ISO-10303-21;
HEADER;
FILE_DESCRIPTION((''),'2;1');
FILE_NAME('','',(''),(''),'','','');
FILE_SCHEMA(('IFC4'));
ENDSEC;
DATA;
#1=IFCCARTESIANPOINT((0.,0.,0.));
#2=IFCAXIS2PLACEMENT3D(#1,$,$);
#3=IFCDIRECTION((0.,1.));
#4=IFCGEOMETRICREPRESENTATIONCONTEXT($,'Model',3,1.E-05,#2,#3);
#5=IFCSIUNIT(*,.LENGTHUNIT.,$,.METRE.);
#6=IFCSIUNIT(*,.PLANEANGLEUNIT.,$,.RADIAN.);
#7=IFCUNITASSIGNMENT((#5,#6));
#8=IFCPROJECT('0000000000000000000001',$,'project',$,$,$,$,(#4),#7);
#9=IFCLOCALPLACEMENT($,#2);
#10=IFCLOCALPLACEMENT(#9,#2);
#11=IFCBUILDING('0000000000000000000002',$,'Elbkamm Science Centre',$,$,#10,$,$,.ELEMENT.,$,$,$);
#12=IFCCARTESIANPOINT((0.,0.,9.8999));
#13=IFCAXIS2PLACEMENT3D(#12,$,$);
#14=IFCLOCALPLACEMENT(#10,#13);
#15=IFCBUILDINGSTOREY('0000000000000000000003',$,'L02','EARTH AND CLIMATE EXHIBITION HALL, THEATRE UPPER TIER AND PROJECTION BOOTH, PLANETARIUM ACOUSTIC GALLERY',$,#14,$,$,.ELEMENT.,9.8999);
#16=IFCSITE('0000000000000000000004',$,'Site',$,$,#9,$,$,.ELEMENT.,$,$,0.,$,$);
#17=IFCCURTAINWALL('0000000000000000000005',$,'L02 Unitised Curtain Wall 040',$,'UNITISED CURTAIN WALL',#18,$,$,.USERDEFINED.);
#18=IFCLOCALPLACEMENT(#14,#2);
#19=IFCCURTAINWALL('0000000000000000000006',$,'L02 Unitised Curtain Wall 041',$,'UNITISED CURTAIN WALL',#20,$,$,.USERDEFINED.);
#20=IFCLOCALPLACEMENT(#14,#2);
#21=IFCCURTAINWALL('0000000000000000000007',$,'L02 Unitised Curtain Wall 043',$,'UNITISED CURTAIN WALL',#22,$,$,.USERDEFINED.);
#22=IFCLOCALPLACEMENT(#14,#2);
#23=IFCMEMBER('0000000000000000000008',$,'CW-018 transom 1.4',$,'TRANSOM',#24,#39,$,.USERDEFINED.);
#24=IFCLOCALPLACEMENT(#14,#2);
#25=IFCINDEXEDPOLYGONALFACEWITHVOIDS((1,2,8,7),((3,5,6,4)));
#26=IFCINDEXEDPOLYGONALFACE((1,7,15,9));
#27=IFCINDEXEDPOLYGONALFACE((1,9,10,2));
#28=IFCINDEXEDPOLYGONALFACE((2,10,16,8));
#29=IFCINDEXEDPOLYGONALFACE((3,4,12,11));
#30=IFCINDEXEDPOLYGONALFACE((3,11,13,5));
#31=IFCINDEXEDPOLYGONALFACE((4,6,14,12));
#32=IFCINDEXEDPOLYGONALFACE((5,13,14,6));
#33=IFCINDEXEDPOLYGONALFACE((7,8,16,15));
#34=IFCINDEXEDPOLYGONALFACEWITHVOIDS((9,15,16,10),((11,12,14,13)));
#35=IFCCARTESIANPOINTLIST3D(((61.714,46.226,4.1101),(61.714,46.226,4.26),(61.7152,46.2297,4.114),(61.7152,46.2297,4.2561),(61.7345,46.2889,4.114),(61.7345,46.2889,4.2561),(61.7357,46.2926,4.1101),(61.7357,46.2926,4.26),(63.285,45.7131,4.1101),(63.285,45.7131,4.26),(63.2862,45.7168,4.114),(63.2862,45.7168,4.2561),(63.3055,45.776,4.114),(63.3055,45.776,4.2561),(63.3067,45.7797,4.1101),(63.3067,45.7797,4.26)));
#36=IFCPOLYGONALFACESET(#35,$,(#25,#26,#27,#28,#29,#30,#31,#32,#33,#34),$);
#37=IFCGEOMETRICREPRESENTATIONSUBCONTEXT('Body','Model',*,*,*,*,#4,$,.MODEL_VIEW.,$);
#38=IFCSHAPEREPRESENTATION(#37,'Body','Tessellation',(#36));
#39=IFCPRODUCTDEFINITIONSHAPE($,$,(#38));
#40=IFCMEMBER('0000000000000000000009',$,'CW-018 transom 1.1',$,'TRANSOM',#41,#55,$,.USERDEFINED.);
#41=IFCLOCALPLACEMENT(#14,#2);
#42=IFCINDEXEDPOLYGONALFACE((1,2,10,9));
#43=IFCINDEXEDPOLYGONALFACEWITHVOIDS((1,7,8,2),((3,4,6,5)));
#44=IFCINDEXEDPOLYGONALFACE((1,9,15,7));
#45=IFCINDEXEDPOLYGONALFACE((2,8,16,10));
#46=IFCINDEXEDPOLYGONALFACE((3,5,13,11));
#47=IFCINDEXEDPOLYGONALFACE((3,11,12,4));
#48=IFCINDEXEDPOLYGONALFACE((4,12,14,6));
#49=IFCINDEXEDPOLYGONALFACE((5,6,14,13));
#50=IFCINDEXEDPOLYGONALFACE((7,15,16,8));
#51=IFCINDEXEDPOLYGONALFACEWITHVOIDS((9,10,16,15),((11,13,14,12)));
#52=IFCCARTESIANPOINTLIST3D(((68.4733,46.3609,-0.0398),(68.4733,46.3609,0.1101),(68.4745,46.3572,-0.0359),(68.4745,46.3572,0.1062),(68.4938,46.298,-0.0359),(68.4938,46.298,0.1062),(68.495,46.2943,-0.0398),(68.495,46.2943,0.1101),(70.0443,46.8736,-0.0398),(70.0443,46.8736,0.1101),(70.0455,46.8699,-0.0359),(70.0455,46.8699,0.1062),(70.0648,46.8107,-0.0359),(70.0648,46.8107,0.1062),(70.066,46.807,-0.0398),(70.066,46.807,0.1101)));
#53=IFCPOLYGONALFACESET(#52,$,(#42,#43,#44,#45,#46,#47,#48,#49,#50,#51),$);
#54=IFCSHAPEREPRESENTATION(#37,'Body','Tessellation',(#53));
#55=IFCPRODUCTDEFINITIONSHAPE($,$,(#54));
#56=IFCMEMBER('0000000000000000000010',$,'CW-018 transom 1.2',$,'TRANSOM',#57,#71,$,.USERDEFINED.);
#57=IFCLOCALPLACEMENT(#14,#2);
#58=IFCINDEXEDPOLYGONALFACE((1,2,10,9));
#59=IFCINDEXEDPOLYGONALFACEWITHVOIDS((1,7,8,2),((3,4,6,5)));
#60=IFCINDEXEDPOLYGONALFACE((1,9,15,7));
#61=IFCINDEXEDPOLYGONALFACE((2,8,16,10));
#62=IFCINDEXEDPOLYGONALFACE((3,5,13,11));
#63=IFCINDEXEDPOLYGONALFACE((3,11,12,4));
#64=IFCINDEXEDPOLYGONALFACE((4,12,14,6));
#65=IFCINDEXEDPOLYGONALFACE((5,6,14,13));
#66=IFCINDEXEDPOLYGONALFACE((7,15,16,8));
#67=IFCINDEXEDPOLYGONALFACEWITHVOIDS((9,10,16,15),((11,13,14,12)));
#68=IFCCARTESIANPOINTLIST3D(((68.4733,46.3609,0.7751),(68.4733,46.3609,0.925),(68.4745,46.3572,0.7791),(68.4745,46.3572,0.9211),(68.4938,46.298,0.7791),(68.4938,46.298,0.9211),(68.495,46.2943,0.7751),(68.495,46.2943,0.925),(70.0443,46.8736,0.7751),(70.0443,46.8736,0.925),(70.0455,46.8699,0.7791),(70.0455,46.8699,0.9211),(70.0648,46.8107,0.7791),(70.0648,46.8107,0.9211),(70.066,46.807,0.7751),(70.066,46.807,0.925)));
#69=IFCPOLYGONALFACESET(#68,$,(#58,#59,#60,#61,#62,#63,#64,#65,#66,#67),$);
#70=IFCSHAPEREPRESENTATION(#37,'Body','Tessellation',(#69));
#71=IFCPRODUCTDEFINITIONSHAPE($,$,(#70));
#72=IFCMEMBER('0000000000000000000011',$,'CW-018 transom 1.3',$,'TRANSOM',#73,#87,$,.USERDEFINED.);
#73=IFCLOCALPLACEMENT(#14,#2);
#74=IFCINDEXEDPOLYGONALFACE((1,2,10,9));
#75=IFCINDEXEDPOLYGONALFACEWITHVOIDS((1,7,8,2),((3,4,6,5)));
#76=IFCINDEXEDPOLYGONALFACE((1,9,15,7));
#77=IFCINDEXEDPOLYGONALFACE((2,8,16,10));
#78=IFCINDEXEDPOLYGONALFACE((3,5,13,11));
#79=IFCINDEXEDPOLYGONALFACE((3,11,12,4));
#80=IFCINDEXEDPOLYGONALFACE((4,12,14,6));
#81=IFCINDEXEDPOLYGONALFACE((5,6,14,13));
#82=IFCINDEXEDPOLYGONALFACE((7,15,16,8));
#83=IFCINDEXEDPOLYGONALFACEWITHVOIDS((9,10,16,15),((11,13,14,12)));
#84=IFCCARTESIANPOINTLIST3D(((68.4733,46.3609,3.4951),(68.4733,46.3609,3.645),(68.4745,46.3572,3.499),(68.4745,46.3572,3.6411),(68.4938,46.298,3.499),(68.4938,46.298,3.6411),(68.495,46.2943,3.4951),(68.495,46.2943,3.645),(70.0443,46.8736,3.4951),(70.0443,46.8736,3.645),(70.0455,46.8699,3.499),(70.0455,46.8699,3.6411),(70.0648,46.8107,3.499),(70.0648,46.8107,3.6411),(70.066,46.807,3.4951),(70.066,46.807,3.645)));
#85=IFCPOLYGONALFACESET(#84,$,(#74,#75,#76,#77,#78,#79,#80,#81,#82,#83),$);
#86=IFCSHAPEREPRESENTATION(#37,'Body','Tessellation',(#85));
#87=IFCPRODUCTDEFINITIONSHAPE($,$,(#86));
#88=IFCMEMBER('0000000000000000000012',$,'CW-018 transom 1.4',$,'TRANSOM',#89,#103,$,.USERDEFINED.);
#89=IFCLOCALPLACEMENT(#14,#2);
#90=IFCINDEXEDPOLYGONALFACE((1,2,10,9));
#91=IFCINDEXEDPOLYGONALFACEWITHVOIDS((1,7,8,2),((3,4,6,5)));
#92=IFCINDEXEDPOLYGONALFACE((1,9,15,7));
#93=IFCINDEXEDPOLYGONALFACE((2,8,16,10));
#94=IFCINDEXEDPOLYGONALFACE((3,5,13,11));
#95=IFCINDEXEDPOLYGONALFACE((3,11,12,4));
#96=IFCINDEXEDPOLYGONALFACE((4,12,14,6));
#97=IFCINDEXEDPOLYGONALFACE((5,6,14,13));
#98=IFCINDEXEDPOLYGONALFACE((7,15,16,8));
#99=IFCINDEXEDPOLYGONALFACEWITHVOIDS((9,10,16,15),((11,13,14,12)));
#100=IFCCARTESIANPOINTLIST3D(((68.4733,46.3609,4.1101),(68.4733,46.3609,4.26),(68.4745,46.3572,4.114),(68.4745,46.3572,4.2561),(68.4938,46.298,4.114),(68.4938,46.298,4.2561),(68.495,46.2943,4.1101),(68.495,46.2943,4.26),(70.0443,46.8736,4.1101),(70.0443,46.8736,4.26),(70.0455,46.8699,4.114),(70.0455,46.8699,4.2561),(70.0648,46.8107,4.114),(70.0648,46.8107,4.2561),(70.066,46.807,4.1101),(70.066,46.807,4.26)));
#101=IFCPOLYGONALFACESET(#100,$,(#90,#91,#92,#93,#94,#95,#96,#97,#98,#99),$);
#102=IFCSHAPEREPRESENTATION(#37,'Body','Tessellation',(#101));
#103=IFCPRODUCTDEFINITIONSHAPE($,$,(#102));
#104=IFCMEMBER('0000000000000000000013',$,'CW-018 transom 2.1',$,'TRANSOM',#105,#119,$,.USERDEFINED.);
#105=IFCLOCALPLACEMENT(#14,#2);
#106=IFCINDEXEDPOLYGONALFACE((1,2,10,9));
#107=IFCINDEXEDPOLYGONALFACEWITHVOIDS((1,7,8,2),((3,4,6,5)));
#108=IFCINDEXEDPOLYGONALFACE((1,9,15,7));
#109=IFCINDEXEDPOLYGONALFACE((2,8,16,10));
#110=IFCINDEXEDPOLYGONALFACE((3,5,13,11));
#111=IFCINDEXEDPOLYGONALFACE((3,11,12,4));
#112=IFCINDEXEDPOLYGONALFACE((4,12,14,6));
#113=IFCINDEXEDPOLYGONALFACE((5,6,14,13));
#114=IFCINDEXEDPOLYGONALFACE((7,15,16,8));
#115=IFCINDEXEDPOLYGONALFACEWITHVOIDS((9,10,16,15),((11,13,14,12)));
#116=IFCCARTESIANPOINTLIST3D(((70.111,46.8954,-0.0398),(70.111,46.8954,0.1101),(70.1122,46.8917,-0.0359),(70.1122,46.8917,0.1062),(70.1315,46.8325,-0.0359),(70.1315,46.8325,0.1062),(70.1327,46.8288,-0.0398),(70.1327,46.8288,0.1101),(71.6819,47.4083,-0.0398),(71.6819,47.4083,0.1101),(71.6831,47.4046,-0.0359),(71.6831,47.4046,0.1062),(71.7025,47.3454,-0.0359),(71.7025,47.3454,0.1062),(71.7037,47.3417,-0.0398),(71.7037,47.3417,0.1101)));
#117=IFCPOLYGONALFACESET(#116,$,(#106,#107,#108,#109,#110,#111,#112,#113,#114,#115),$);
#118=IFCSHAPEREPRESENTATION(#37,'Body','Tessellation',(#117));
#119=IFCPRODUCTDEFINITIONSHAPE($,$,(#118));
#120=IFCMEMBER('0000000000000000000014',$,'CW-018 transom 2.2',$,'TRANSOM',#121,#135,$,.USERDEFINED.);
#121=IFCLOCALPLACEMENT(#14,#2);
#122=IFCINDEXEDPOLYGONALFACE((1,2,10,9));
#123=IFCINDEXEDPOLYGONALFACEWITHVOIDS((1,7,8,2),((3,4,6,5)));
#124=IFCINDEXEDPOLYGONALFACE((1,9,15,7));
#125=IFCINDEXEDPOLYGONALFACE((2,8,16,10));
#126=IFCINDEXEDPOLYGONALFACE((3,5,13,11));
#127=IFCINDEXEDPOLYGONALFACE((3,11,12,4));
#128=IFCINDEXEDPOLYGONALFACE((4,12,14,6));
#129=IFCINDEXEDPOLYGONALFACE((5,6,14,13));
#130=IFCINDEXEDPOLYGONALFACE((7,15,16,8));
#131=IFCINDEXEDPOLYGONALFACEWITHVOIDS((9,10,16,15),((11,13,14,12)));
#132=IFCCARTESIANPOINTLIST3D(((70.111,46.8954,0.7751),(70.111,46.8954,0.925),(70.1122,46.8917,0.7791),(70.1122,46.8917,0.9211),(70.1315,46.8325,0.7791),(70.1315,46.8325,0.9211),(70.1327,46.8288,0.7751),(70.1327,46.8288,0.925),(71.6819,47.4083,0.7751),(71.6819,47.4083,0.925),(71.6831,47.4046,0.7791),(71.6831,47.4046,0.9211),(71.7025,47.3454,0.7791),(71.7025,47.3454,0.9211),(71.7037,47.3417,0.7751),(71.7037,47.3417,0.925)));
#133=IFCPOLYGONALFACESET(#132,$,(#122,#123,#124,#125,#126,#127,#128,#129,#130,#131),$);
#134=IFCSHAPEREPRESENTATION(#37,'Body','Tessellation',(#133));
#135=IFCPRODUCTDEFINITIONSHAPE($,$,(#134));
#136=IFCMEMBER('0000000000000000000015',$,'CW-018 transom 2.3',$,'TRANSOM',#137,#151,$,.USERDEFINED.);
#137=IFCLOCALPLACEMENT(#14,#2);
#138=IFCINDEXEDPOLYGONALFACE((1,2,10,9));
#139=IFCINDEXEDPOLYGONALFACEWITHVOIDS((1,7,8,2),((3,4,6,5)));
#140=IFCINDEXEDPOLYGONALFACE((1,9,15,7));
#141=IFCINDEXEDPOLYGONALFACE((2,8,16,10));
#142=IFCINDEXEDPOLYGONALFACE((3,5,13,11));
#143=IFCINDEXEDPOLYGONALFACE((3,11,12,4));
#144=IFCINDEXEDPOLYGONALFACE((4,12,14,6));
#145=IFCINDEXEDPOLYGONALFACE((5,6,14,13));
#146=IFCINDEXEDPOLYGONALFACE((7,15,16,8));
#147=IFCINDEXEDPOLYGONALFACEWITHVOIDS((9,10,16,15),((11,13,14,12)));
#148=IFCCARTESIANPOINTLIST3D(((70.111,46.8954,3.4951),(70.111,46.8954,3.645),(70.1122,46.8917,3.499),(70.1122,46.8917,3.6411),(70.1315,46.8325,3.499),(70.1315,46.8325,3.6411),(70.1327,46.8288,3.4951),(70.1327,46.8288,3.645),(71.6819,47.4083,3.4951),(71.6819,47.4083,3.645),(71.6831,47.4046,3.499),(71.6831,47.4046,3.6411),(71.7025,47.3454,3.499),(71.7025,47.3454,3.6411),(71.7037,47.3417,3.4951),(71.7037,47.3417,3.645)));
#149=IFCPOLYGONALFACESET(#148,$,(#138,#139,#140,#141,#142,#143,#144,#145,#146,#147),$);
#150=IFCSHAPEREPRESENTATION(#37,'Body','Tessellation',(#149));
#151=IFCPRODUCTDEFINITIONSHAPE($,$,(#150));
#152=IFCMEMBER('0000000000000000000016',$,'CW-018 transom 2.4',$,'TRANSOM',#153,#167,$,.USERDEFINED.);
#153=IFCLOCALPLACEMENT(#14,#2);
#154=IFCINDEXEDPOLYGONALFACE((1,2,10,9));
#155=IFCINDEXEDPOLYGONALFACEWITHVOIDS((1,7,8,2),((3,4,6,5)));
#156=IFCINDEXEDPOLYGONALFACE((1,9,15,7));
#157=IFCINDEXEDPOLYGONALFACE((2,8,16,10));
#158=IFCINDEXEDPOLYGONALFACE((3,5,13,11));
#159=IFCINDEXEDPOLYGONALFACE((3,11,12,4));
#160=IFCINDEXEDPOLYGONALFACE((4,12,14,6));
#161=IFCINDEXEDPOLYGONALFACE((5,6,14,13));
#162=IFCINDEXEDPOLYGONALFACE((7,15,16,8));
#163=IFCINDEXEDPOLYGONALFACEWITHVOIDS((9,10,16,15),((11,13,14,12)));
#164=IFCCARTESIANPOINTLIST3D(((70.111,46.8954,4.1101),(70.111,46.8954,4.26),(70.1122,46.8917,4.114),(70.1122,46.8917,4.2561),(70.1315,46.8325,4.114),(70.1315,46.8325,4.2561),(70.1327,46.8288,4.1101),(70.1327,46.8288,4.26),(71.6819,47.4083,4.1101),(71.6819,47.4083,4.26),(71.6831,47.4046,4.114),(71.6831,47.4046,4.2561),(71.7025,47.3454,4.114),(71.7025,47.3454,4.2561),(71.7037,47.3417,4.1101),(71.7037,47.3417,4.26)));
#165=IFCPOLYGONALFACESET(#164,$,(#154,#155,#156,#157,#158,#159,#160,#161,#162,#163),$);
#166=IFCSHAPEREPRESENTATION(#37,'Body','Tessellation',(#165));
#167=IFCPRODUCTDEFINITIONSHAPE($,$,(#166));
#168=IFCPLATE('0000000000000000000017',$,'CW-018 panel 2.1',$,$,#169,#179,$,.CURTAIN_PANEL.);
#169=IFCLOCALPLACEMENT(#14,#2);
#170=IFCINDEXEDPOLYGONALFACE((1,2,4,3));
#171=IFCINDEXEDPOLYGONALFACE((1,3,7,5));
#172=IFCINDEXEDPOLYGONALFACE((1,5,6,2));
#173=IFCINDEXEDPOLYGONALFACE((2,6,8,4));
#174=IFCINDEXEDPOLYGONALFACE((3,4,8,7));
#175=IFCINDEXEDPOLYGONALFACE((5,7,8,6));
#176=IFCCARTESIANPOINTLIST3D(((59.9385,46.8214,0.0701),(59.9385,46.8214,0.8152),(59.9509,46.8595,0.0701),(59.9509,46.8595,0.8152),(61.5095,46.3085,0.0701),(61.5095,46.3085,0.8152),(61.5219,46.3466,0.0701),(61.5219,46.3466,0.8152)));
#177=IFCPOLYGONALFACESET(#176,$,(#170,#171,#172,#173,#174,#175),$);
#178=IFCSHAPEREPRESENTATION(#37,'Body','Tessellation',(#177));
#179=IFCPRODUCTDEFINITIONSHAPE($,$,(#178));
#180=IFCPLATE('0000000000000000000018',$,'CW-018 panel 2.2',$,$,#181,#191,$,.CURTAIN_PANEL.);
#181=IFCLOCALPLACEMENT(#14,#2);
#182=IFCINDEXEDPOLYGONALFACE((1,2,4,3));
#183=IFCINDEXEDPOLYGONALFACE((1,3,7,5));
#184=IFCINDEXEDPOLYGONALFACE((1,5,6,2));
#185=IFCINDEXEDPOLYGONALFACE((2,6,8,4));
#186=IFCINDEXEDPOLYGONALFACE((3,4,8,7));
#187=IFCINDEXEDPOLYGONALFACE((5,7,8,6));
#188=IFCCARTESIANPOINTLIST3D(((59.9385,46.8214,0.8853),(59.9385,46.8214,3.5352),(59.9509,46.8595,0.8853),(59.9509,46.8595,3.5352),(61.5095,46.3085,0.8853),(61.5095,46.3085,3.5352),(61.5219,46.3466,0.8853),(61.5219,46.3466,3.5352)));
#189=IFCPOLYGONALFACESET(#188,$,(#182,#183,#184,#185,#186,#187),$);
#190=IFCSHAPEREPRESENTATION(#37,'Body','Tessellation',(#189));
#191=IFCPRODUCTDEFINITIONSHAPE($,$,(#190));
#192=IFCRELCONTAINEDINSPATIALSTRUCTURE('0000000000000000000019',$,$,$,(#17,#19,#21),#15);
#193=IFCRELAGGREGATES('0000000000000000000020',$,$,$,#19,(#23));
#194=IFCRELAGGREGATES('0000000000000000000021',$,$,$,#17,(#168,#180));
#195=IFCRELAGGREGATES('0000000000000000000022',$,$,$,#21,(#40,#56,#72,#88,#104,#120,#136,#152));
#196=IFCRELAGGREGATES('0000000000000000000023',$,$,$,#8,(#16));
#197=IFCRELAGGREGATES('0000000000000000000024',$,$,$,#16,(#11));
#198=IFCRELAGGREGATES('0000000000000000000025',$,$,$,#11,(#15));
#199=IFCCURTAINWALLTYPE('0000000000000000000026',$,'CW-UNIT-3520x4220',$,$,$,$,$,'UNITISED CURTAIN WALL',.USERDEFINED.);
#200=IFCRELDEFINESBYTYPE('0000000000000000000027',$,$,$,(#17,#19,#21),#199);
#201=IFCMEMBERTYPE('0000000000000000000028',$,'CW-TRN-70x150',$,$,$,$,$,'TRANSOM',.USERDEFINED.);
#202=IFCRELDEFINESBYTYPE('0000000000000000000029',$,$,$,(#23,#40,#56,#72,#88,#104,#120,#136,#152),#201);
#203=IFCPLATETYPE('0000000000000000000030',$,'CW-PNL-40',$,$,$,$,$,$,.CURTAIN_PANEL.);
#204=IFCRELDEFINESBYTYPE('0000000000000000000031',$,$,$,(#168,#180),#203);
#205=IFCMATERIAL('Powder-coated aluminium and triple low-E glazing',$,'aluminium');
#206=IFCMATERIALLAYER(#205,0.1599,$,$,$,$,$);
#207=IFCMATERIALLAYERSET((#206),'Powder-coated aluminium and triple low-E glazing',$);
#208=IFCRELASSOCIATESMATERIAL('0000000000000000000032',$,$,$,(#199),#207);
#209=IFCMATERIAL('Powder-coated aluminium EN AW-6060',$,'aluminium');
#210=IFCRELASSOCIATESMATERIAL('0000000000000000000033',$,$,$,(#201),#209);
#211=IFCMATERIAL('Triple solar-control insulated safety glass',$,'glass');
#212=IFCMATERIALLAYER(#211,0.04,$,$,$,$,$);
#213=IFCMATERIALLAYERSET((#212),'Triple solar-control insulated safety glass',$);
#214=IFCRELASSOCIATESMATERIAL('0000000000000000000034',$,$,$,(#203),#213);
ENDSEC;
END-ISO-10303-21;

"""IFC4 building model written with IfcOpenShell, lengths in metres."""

from ifc_helpers import new_model, si_unit, direction, frame, origin, origin_2d, place, context, subcontext, project, spatial, rectangle, hollow_rectangle, extrude, material, layer, layer_set, material_profile, profile_set, type_object, element, aggregate, save


model = new_model("IFC4")

# Units and contexts
model_context = context("Model", 3, precision=1e-05, world=origin(), true_north=direction((0.0, 1.0)))
body_context = subcontext(model_context, "Body", "Model", "MODEL_VIEW")
ifc_project = project(units=[si_unit("LENGTHUNIT", "METRE"), si_unit("PLANEANGLEUNIT", "RADIAN")], contexts=[model_context])

# Site, building, storey
site_placement = place(None, origin())
site = spatial("IfcSite", under=ifc_project, at=site_placement, Name="Site", CompositionType="ELEMENT", RefElevation=0.0)
building_placement = place(site_placement, origin())
building = spatial("IfcBuilding", under=site, at=building_placement, Name="Elbkamm Science Centre", CompositionType="ELEMENT")
storey_placement = place(building_placement, frame((0.0, 0.0, 9.8999)))
storey = spatial("IfcBuildingStorey", under=building, at=storey_placement, Name="L02", Description="EARTH AND CLIMATE EXHIBITION HALL, THEATRE UPPER TIER AND PROJECTION BOOTH, PLANETARIUM ACOUSTIC GALLERY", CompositionType="ELEMENT", Elevation=9.8999)

# Curtain walls
ifc_material_1 = material(Name="Powder-coated aluminium and triple low-E glazing", Category="aluminium")
ifc_layer_1 = layer(ifc_material_1, 0.1599)
ifc_layer_set_1 = layer_set([ifc_layer_1], Name="Powder-coated aluminium and triple low-E glazing")
curtain_wall_type = type_object("IfcCurtainWallType", Name="CW-UNIT-3520x4220", ElementType="UNITISED CURTAIN WALL", PredefinedType="USERDEFINED", material=ifc_layer_set_1)
curtain_wall_1_placement = place(storey_placement, origin())
curtain_wall_1 = element("IfcCurtainWall", 1, at=curtain_wall_1_placement, inside=storey, type_object=curtain_wall_type, Name="L02 Unitised Curtain Wall 040", ObjectType="UNITISED CURTAIN WALL", PredefinedType="USERDEFINED")
ifc_material_2 = material(Name="Powder-coated aluminium EN AW-6060", Category="aluminium")
curtain_wall_2_placement = place(storey_placement, origin())
curtain_wall_2 = element("IfcCurtainWall", 2, at=curtain_wall_2_placement, inside=storey, type_object=curtain_wall_type, Name="L02 Unitised Curtain Wall 041", ObjectType="UNITISED CURTAIN WALL", PredefinedType="USERDEFINED")

# Curtain wall
curtain_wall_3_placement = place(storey_placement, origin())
curtain_wall_3 = element("IfcCurtainWall", 3, at=curtain_wall_3_placement, inside=storey, type_object=curtain_wall_type, Name="L02 Unitised Curtain Wall 043", ObjectType="UNITISED CURTAIN WALL", PredefinedType="USERDEFINED")

# Members
ifc_material_profile_1 = material_profile(ifc_material_2, hollow_rectangle(XDim=0.0701, YDim=0.1499, WallThickness=0.0039, at=origin_2d()), Name="ALU T70x150")
ifc_profile_set_1 = profile_set([ifc_material_profile_1], Name="Powder-coated aluminium EN AW-6060")
member_type_1 = type_object("IfcMemberType", Name="CW-TRN-70x150", ElementType="TRANSOM", PredefinedType="USERDEFINED", material=ifc_profile_set_1)
member_1_placement = place(storey_placement, frame((61.7249, 46.2593, 4.1851), z_axis=(0.950615, -0.310372, 0.0), x_axis=(0.310372, 0.950615, 0.0)))
member_1 = element("IfcMember", 4, at=member_1_placement, type_object=member_type_1, Name="CW-018 transom 1.4", ObjectType="TRANSOM", PredefinedType="USERDEFINED", context=body_context, shape_type="SweptSolid", body=[
    extrude(hollow_rectangle(XDim=0.0701, YDim=0.1499, WallThickness=0.0039, at=origin_2d()), origin(), (0.0, 0.0, 1.0), 1.6526),
])
aggregate(curtain_wall_2, [member_1])
member_2_placement = place(storey_placement, frame((68.4841, 46.3276, 0.0352), z_axis=(0.950659, 0.310238, 0.0), x_axis=(-0.310238, 0.950659, 0.0)))
member_2 = element("IfcMember", 5, at=member_2_placement, type_object=member_type_1, Name="CW-018 transom 1.1", ObjectType="TRANSOM", PredefinedType="USERDEFINED", context=body_context, shape_type="SweptSolid", body=[
    extrude(hollow_rectangle(XDim=0.0701, YDim=0.1499, WallThickness=0.0039, at=origin_2d()), origin(), (0.0, 0.0, 1.0), 1.6526),
])
member_3_placement = place(storey_placement, frame((68.4841, 46.3276, 0.8501), z_axis=(0.950659, 0.310238, 0.0), x_axis=(-0.310238, 0.950659, 0.0)))
member_3 = element("IfcMember", 6, at=member_3_placement, type_object=member_type_1, Name="CW-018 transom 1.2", ObjectType="TRANSOM", PredefinedType="USERDEFINED", context=body_context, shape_type="SweptSolid", body=[
    extrude(hollow_rectangle(XDim=0.0701, YDim=0.1499, WallThickness=0.0039, at=origin_2d()), origin(), (0.0, 0.0, 1.0), 1.6526),
])
member_4_placement = place(storey_placement, frame((68.4841, 46.3276, 3.5701), z_axis=(0.950659, 0.310238, 0.0), x_axis=(-0.310238, 0.950659, 0.0)))
member_4 = element("IfcMember", 7, at=member_4_placement, type_object=member_type_1, Name="CW-018 transom 1.3", ObjectType="TRANSOM", PredefinedType="USERDEFINED", context=body_context, shape_type="SweptSolid", body=[
    extrude(hollow_rectangle(XDim=0.0701, YDim=0.1499, WallThickness=0.0039, at=origin_2d()), origin(), (0.0, 0.0, 1.0), 1.6526),
])
member_5_placement = place(storey_placement, frame((68.4841, 46.3276, 4.1851), z_axis=(0.950659, 0.310238, 0.0), x_axis=(-0.310238, 0.950659, 0.0)))
member_5 = element("IfcMember", 8, at=member_5_placement, type_object=member_type_1, Name="CW-018 transom 1.4", ObjectType="TRANSOM", PredefinedType="USERDEFINED", context=body_context, shape_type="SweptSolid", body=[
    extrude(hollow_rectangle(XDim=0.0701, YDim=0.1499, WallThickness=0.0039, at=origin_2d()), origin(), (0.0, 0.0, 1.0), 1.6526),
])
member_6_placement = place(storey_placement, frame((70.1218, 46.8621, 0.0352), z_axis=(0.950615, 0.310372, 0.0), x_axis=(-0.310372, 0.950615, 0.0)))
member_6 = element("IfcMember", 9, at=member_6_placement, type_object=member_type_1, Name="CW-018 transom 2.1", ObjectType="TRANSOM", PredefinedType="USERDEFINED", context=body_context, shape_type="SweptSolid", body=[
    extrude(hollow_rectangle(XDim=0.0701, YDim=0.1499, WallThickness=0.0039, at=origin_2d()), origin(), (0.0, 0.0, 1.0), 1.6526),
])
member_7_placement = place(storey_placement, frame((70.1218, 46.8621, 0.8501), z_axis=(0.950615, 0.310372, 0.0), x_axis=(-0.310372, 0.950615, 0.0)))
member_7 = element("IfcMember", 10, at=member_7_placement, type_object=member_type_1, Name="CW-018 transom 2.2", ObjectType="TRANSOM", PredefinedType="USERDEFINED", context=body_context, shape_type="SweptSolid", body=[
    extrude(hollow_rectangle(XDim=0.0701, YDim=0.1499, WallThickness=0.0039, at=origin_2d()), origin(), (0.0, 0.0, 1.0), 1.6526),
])
member_8_placement = place(storey_placement, frame((70.1218, 46.8621, 3.5701), z_axis=(0.950615, 0.310372, 0.0), x_axis=(-0.310372, 0.950615, 0.0)))
member_8 = element("IfcMember", 11, at=member_8_placement, type_object=member_type_1, Name="CW-018 transom 2.3", ObjectType="TRANSOM", PredefinedType="USERDEFINED", context=body_context, shape_type="SweptSolid", body=[
    extrude(hollow_rectangle(XDim=0.0701, YDim=0.1499, WallThickness=0.0039, at=origin_2d()), origin(), (0.0, 0.0, 1.0), 1.6526),
])
member_9_placement = place(storey_placement, frame((70.1218, 46.8621, 4.1851), z_axis=(0.950615, 0.310372, 0.0), x_axis=(-0.310372, 0.950615, 0.0)))
member_9 = element("IfcMember", 12, at=member_9_placement, type_object=member_type_1, Name="CW-018 transom 2.4", ObjectType="TRANSOM", PredefinedType="USERDEFINED", context=body_context, shape_type="SweptSolid", body=[
    extrude(hollow_rectangle(XDim=0.0701, YDim=0.1499, WallThickness=0.0039, at=origin_2d()), origin(), (0.0, 0.0, 1.0), 1.6526),
])

# Plates
ifc_material_3 = material(Name="Triple solar-control insulated safety glass", Category="glass")
ifc_layer_2 = layer(ifc_material_3, 0.04)
ifc_layer_set_2 = layer_set([ifc_layer_2], Name="Triple solar-control insulated safety glass")
plate_type = type_object("IfcPlateType", Name="CW-PNL-40", PredefinedType="CURTAIN_PANEL", material=ifc_layer_set_2)
plate_1_placement = place(storey_placement, frame((60.7302, 46.584, 0.0701), z_axis=(0.0, 0.0, 1.0), x_axis=(0.950617, -0.310367, 0.0)))
plate_1 = element("IfcPlate", 13, at=plate_1_placement, type_object=plate_type, Name="CW-018 panel 2.1", PredefinedType="CURTAIN_PANEL", context=body_context, shape_type="SweptSolid", body=[
    extrude(rectangle(XDim=1.6526, YDim=0.04, at=origin_2d()), origin(), (0.0, 0.0, 1.0), 0.7451),
])
plate_2_placement = place(storey_placement, frame((60.7302, 46.584, 0.8853), z_axis=(0.0, 0.0, 1.0), x_axis=(0.950617, -0.310367, 0.0)))
plate_2 = element("IfcPlate", 14, at=plate_2_placement, type_object=plate_type, Name="CW-018 panel 2.2", PredefinedType="CURTAIN_PANEL", context=body_context, shape_type="SweptSolid", body=[
    extrude(rectangle(XDim=1.6526, YDim=0.04, at=origin_2d()), origin(), (0.0, 0.0, 1.0), 2.6499),
])
aggregate(curtain_wall_1, [plate_1, plate_2])
aggregate(curtain_wall_3, [member_2, member_3, member_4, member_5, member_6, member_7, member_8, member_9])

save(model, "model.ifc")
